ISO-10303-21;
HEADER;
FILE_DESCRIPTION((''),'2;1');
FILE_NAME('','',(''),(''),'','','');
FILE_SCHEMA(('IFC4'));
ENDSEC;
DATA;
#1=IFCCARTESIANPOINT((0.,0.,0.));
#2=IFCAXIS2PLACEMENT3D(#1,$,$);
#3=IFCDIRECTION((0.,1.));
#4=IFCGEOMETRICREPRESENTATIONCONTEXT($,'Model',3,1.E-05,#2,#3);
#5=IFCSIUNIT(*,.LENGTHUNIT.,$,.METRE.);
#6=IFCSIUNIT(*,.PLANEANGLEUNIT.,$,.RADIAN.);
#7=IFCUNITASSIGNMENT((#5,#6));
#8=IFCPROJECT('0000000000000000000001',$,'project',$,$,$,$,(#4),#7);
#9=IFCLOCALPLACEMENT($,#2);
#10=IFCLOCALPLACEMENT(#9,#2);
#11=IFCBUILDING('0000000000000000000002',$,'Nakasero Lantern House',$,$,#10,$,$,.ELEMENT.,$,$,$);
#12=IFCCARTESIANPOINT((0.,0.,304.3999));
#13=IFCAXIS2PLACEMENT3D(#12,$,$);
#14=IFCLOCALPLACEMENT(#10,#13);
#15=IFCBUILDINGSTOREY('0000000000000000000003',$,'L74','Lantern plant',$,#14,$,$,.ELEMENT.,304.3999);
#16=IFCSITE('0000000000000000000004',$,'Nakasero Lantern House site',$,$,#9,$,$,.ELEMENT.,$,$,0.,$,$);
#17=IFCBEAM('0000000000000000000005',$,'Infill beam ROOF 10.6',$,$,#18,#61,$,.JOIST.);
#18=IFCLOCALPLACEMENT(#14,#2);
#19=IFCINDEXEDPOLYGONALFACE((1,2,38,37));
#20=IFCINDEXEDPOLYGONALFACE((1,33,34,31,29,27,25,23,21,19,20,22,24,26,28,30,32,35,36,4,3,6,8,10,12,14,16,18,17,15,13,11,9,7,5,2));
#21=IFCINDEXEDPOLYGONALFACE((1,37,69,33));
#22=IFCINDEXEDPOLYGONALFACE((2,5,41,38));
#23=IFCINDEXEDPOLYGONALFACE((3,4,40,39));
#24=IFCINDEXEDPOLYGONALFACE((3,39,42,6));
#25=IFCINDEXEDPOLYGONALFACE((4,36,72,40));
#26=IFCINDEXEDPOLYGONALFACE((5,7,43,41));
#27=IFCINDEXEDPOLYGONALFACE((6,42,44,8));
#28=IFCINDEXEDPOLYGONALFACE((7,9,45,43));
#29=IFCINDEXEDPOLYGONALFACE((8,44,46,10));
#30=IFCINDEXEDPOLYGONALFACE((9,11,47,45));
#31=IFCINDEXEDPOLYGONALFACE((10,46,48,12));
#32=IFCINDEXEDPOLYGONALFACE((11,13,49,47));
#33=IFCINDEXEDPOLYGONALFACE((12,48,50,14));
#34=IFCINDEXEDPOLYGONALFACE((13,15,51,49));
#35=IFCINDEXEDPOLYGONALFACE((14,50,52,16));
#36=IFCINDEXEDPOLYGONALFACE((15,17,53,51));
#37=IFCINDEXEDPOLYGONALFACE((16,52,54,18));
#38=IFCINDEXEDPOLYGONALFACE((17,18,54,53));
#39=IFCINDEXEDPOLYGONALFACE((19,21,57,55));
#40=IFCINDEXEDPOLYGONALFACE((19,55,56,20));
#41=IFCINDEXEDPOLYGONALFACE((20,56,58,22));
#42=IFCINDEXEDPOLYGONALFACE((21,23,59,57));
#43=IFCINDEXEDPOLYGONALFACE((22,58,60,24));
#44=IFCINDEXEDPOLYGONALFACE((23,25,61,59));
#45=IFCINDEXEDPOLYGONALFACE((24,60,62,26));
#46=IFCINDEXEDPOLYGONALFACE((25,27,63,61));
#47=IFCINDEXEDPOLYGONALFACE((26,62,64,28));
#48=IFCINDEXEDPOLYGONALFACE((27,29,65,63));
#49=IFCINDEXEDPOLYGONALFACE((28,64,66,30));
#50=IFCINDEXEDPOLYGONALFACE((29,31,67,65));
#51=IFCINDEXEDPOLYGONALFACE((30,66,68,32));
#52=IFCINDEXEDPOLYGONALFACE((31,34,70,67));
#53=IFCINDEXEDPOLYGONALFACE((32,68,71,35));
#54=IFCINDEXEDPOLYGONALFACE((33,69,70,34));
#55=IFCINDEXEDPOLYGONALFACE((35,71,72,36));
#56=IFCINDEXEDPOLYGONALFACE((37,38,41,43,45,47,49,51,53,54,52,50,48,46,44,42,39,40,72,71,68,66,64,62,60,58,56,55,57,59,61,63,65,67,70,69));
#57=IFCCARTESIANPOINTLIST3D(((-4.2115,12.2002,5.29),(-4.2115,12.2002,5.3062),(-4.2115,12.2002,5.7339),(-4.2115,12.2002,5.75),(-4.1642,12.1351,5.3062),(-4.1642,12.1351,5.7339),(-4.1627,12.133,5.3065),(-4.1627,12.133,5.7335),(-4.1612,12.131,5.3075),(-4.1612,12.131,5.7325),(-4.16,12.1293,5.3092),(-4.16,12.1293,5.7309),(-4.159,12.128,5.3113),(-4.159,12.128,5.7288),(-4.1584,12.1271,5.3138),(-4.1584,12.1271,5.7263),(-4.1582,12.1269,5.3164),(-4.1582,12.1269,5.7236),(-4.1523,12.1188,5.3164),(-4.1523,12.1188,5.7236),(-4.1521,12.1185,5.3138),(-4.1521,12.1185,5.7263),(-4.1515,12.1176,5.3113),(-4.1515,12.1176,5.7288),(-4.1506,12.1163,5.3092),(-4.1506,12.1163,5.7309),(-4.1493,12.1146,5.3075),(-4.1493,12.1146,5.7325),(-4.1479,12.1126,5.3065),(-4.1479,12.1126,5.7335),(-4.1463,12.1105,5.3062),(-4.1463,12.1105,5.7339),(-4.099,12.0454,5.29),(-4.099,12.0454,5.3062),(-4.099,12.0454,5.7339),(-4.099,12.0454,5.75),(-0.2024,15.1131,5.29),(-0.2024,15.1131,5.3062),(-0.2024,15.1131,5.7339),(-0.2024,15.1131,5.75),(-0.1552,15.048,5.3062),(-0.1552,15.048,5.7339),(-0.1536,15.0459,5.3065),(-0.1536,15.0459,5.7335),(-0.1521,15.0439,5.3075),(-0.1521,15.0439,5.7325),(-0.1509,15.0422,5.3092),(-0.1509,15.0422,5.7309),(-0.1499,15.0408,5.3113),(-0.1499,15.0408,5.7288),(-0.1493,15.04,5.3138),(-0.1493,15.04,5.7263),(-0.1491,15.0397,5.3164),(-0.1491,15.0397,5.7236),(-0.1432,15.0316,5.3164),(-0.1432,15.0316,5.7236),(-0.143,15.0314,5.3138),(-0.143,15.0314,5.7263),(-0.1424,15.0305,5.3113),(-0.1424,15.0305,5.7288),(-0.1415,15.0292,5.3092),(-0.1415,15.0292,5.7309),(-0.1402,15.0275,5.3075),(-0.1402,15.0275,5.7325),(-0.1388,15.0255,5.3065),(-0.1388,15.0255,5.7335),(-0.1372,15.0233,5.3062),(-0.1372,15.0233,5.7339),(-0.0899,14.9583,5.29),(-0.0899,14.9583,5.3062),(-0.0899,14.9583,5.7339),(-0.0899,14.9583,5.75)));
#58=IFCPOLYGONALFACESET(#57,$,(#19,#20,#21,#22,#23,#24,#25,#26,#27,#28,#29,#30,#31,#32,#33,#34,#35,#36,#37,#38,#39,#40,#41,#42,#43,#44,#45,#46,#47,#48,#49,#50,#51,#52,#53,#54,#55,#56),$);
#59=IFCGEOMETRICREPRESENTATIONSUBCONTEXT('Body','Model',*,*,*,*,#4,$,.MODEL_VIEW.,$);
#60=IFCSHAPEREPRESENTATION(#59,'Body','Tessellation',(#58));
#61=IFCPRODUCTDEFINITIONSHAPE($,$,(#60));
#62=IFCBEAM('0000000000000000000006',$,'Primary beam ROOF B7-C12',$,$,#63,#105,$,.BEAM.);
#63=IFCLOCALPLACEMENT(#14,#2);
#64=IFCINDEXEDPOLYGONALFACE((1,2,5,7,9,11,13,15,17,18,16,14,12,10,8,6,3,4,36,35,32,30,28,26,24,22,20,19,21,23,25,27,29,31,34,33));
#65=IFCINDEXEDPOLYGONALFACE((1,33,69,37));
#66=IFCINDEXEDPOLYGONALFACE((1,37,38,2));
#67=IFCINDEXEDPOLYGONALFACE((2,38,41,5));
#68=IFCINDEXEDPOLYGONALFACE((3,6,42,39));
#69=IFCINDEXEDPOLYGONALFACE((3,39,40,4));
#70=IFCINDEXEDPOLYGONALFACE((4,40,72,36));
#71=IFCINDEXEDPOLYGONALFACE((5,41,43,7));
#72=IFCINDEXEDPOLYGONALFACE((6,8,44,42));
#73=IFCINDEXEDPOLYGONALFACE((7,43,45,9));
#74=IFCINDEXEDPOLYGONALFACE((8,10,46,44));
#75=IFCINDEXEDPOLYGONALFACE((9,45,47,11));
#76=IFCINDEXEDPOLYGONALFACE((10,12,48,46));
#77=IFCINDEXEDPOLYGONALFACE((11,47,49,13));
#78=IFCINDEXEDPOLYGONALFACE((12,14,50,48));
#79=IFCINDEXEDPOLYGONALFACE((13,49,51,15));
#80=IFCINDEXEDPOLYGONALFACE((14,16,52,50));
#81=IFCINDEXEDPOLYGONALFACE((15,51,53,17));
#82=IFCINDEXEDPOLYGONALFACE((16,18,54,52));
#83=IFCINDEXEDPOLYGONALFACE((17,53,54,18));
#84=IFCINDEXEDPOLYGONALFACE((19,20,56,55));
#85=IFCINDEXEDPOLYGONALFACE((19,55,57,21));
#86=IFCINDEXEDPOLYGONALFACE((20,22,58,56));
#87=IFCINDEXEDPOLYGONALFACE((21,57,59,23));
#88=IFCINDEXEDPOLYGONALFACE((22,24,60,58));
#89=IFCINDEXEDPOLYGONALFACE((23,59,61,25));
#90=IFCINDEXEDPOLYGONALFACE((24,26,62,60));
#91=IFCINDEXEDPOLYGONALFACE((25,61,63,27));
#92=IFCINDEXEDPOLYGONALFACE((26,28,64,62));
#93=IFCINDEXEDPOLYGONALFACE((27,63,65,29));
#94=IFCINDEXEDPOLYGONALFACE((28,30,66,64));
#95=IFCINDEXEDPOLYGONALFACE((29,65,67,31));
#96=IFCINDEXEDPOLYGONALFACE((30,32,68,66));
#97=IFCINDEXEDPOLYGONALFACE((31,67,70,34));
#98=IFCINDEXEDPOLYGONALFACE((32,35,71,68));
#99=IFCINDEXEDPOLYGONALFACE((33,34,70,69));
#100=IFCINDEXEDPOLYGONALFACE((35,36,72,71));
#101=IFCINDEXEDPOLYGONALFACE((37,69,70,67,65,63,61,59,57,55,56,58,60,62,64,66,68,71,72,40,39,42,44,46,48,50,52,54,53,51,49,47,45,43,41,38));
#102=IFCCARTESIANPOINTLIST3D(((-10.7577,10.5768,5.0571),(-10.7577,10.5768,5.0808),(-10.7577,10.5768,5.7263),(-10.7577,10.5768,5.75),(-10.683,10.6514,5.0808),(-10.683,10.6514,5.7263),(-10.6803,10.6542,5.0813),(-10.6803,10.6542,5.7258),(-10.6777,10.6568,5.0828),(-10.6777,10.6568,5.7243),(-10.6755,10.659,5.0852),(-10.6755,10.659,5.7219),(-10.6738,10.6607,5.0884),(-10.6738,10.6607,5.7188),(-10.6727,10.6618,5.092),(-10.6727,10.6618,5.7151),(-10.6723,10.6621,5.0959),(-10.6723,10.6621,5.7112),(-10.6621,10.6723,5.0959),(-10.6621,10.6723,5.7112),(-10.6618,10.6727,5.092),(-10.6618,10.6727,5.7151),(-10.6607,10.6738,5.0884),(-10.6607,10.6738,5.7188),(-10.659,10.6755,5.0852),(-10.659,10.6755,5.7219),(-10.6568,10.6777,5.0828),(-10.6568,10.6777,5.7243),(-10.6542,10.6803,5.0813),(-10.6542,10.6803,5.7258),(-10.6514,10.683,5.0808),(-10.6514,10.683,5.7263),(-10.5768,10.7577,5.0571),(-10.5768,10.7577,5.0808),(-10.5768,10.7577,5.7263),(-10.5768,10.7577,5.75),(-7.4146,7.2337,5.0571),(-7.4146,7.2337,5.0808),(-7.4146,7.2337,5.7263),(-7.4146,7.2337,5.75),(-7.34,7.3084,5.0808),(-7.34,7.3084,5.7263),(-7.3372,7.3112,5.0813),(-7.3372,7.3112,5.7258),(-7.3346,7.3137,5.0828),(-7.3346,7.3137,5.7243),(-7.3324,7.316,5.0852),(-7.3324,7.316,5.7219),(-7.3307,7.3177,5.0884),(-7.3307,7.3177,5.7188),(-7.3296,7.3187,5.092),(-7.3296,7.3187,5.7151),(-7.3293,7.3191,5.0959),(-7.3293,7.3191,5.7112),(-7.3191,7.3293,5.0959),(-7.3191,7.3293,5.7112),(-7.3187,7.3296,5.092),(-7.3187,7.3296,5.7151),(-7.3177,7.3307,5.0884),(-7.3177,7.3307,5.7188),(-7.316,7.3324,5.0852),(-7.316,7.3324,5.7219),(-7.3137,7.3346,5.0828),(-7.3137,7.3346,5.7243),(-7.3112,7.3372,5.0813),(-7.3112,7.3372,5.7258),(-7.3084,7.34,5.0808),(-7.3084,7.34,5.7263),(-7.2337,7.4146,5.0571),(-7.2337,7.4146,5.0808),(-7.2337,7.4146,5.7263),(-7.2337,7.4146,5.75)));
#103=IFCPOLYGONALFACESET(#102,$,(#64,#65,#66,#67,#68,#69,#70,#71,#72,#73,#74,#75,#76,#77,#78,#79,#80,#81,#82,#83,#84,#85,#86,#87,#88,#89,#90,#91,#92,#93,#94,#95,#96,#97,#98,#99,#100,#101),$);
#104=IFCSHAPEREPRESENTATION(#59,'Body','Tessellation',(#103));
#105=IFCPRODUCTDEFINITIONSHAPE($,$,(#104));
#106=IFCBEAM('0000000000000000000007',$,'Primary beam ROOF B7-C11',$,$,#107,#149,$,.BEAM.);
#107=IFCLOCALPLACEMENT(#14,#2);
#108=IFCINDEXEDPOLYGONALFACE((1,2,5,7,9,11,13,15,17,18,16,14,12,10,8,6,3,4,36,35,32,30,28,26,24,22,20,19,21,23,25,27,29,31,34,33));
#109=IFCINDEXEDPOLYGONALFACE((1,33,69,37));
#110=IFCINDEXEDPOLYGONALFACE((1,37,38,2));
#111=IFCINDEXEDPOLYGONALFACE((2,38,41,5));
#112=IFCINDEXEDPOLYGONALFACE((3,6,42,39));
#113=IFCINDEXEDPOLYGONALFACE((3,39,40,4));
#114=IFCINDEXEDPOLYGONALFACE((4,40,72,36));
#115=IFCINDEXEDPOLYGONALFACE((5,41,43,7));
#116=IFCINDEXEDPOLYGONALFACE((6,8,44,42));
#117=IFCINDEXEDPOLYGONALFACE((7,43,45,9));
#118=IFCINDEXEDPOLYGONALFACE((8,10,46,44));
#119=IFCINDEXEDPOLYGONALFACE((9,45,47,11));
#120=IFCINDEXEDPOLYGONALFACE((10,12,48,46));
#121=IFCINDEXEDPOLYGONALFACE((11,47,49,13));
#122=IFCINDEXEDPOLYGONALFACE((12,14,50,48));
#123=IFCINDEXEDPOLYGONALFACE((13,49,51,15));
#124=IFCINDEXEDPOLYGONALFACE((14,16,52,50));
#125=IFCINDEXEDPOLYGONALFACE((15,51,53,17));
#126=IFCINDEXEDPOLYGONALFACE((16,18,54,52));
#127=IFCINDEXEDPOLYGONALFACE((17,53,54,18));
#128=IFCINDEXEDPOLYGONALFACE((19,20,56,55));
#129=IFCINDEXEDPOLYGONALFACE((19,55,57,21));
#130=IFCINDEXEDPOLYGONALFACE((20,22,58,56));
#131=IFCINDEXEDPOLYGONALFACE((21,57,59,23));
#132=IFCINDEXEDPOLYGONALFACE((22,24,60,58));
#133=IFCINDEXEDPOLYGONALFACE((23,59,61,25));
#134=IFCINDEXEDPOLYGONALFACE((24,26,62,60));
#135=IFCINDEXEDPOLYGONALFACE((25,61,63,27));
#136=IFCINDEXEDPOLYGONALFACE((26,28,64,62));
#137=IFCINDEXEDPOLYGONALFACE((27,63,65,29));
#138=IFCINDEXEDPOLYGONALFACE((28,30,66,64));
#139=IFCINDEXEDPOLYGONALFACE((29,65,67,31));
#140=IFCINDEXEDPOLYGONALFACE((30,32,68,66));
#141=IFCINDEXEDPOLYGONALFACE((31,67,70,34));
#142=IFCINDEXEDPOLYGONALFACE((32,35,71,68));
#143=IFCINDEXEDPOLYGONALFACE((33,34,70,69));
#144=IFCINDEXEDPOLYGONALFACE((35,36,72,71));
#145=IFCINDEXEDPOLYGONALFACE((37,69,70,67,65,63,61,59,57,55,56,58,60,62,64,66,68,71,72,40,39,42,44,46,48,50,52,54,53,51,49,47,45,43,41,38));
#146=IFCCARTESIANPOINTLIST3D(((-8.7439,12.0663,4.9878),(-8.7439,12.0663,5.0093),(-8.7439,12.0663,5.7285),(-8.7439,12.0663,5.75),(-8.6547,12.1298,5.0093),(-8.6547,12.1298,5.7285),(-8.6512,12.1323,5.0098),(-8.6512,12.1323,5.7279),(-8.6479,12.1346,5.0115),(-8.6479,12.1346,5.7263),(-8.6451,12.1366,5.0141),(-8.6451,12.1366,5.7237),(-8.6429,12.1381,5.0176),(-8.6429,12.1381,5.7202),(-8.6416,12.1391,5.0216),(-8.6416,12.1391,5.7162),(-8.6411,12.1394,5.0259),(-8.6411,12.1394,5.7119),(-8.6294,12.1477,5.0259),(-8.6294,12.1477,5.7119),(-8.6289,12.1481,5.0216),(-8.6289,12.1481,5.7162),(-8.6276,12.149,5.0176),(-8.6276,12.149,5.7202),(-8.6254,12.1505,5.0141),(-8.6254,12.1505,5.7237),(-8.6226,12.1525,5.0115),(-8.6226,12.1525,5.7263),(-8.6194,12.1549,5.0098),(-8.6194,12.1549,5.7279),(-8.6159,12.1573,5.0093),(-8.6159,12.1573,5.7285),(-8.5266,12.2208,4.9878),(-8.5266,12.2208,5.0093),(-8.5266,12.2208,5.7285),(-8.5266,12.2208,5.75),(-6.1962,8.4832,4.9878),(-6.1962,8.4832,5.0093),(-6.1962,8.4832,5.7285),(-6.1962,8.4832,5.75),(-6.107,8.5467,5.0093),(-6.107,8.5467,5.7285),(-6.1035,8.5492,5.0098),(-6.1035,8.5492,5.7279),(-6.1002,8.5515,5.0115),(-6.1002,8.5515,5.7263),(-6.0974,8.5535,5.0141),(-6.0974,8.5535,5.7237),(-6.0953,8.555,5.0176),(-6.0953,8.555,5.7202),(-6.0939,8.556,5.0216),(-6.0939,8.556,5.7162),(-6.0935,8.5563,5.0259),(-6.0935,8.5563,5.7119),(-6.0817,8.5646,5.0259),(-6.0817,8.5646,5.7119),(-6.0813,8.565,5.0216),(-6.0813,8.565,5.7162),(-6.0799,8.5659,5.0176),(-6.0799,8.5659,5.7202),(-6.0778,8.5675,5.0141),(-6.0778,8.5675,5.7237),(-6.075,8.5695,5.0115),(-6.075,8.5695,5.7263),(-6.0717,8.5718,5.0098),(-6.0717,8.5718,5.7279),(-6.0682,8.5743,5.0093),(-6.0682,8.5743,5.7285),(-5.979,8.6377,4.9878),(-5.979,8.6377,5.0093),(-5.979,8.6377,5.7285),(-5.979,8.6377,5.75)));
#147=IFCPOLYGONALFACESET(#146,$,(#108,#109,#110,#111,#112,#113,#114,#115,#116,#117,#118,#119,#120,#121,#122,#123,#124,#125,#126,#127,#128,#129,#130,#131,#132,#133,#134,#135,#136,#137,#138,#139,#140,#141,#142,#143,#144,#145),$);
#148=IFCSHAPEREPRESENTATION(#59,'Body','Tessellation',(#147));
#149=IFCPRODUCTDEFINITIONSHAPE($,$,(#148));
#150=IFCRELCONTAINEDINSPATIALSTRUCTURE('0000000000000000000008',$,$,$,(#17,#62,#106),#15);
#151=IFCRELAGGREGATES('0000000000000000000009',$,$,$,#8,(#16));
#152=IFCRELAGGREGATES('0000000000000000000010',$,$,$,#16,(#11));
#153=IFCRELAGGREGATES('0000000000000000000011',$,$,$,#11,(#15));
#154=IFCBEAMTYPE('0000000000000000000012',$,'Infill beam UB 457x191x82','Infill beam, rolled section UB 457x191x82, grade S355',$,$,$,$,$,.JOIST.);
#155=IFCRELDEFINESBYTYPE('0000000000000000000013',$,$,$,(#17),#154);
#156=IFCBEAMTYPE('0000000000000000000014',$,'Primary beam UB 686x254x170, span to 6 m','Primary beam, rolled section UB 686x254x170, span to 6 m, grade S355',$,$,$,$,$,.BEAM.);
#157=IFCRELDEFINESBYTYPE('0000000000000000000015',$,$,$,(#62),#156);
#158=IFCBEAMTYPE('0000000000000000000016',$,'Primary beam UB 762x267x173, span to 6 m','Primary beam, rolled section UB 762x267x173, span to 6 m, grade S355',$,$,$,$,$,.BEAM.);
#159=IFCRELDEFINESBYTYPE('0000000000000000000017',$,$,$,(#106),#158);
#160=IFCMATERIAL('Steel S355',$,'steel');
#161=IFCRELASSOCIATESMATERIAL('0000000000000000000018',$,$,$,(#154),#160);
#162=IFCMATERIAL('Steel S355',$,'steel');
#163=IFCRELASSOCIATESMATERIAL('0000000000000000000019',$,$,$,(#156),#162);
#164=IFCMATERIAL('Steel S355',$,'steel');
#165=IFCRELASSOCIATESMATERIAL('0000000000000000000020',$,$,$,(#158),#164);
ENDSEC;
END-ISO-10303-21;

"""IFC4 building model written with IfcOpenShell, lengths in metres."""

from ifc_helpers import new_model, si_unit, direction, frame, origin, origin_2d, place, context, subcontext, project, spatial, i_section, extrude, material, material_profile, profile_set, type_object, element, save


model = new_model("IFC4")

# Units and contexts
model_context = context("Model", 3, precision=1e-05, world=origin(), true_north=direction((0.0, 1.0)))
body_context = subcontext(model_context, "Body", "Model", "MODEL_VIEW")
ifc_project = project(units=[si_unit("LENGTHUNIT", "METRE"), si_unit("PLANEANGLEUNIT", "RADIAN")], contexts=[model_context])

# Site, building, storey
site_placement = place(None, origin())
site = spatial("IfcSite", under=ifc_project, at=site_placement, Name="Nakasero Lantern House site", CompositionType="ELEMENT", RefElevation=0.0)
building_placement = place(site_placement, origin())
building = spatial("IfcBuilding", under=site, at=building_placement, Name="Nakasero Lantern House", CompositionType="ELEMENT")
storey_placement = place(building_placement, frame((0.0, 0.0, 304.3999)))
storey = spatial("IfcBuildingStorey", under=building, at=storey_placement, Name="L74", Description="Lantern plant", CompositionType="ELEMENT", Elevation=304.3999)

# Beams
ifc_material_1 = material(Name="Steel S355", Category="steel")
ifc_material_profile_1 = material_profile(ifc_material_1, i_section(OverallWidth=0.1914, OverallDepth=0.46, WebThickness=0.01, FlangeThickness=0.0161, FilletRadius=0.0103, at=origin_2d()), Name="UB 457x191x82")
ifc_profile_set_1 = profile_set([ifc_material_profile_1], Name="Steel S355")
beam_type_1 = type_object("IfcBeamType", Name="Infill beam UB 457x191x82", Description="Infill beam, rolled section UB 457x191x82, grade S355", PredefinedType="JOIST", material=ifc_profile_set_1)
beam_1_placement = place(storey_placement, frame((-4.1553, 12.1228, 5.52), z_axis=(0.809007, 0.5878, 0.0), x_axis=(-0.5878, 0.809007, 0.0)))
element("IfcBeam", 1, at=beam_1_placement, inside=storey, type_object=beam_type_1, Name="Infill beam ROOF 10.6", PredefinedType="JOIST", context=body_context, shape_type="SweptSolid", body=[
    extrude(i_section(OverallWidth=0.1914, OverallDepth=0.46, WebThickness=0.01, FlangeThickness=0.0161, FilletRadius=0.0103, at=origin_2d()), origin(), (0.0, 0.0, 1.0), 4.9556),
])
ifc_material_2 = material(Name="Steel S355", Category="steel")
ifc_material_profile_2 = material_profile(ifc_material_2, i_section(OverallWidth=0.2559, OverallDepth=0.6929, WebThickness=0.0144, FlangeThickness=0.0237, FilletRadius=0.0151, at=origin_2d()), Name="UB 686x254x170")
ifc_profile_set_2 = profile_set([ifc_material_profile_2], Name="Steel S355")
beam_type_2 = type_object("IfcBeamType", Name="Primary beam UB 686x254x170, span to 6 m", Description="Primary beam, rolled section UB 686x254x170, span to 6 m, grade S355", PredefinedType="BEAM", material=ifc_profile_set_2)
beam_2_placement = place(storey_placement, frame((-10.6672, 10.6672, 5.4036), z_axis=(0.707107, -0.707107, 0.0), x_axis=(0.707107, 0.707107, 0.0)))
element("IfcBeam", 2, at=beam_2_placement, inside=storey, type_object=beam_type_2, Name="Primary beam ROOF B7-C12", PredefinedType="BEAM", context=body_context, shape_type="SweptSolid", body=[
    extrude(i_section(OverallWidth=0.2559, OverallDepth=0.6929, WebThickness=0.0144, FlangeThickness=0.0237, FilletRadius=0.0151, at=origin_2d()), origin(), (0.0, 0.0, 1.0), 4.7278),
])
ifc_material_3 = material(Name="Steel S355", Category="steel")
ifc_material_profile_3 = material_profile(ifc_material_3, i_section(OverallWidth=0.2666, OverallDepth=0.7622, WebThickness=0.0144, FlangeThickness=0.0215, FilletRadius=0.0166, at=origin_2d()), Name="UB 762x267x173")
ifc_profile_set_3 = profile_set([ifc_material_profile_3], Name="Steel S355")
beam_type_3 = type_object("IfcBeamType", Name="Primary beam UB 762x267x173, span to 6 m", Description="Primary beam, rolled section UB 762x267x173, span to 6 m, grade S355", PredefinedType="BEAM", material=ifc_profile_set_3)
beam_3_placement = place(storey_placement, frame((-8.6353, 12.1436, 5.3689), z_axis=(0.579477, -0.814989, 0.0), x_axis=(0.814989, 0.579477, 0.0)))
element("IfcBeam", 3, at=beam_3_placement, inside=storey, type_object=beam_type_3, Name="Primary beam ROOF B7-C11", PredefinedType="BEAM", context=body_context, shape_type="SweptSolid", body=[
    extrude(i_section(OverallWidth=0.2666, OverallDepth=0.7622, WebThickness=0.0144, FlangeThickness=0.0215, FilletRadius=0.0166, at=origin_2d()), origin(), (0.0, 0.0, 1.0), 4.3965),
])

save(model, "model.ifc")
